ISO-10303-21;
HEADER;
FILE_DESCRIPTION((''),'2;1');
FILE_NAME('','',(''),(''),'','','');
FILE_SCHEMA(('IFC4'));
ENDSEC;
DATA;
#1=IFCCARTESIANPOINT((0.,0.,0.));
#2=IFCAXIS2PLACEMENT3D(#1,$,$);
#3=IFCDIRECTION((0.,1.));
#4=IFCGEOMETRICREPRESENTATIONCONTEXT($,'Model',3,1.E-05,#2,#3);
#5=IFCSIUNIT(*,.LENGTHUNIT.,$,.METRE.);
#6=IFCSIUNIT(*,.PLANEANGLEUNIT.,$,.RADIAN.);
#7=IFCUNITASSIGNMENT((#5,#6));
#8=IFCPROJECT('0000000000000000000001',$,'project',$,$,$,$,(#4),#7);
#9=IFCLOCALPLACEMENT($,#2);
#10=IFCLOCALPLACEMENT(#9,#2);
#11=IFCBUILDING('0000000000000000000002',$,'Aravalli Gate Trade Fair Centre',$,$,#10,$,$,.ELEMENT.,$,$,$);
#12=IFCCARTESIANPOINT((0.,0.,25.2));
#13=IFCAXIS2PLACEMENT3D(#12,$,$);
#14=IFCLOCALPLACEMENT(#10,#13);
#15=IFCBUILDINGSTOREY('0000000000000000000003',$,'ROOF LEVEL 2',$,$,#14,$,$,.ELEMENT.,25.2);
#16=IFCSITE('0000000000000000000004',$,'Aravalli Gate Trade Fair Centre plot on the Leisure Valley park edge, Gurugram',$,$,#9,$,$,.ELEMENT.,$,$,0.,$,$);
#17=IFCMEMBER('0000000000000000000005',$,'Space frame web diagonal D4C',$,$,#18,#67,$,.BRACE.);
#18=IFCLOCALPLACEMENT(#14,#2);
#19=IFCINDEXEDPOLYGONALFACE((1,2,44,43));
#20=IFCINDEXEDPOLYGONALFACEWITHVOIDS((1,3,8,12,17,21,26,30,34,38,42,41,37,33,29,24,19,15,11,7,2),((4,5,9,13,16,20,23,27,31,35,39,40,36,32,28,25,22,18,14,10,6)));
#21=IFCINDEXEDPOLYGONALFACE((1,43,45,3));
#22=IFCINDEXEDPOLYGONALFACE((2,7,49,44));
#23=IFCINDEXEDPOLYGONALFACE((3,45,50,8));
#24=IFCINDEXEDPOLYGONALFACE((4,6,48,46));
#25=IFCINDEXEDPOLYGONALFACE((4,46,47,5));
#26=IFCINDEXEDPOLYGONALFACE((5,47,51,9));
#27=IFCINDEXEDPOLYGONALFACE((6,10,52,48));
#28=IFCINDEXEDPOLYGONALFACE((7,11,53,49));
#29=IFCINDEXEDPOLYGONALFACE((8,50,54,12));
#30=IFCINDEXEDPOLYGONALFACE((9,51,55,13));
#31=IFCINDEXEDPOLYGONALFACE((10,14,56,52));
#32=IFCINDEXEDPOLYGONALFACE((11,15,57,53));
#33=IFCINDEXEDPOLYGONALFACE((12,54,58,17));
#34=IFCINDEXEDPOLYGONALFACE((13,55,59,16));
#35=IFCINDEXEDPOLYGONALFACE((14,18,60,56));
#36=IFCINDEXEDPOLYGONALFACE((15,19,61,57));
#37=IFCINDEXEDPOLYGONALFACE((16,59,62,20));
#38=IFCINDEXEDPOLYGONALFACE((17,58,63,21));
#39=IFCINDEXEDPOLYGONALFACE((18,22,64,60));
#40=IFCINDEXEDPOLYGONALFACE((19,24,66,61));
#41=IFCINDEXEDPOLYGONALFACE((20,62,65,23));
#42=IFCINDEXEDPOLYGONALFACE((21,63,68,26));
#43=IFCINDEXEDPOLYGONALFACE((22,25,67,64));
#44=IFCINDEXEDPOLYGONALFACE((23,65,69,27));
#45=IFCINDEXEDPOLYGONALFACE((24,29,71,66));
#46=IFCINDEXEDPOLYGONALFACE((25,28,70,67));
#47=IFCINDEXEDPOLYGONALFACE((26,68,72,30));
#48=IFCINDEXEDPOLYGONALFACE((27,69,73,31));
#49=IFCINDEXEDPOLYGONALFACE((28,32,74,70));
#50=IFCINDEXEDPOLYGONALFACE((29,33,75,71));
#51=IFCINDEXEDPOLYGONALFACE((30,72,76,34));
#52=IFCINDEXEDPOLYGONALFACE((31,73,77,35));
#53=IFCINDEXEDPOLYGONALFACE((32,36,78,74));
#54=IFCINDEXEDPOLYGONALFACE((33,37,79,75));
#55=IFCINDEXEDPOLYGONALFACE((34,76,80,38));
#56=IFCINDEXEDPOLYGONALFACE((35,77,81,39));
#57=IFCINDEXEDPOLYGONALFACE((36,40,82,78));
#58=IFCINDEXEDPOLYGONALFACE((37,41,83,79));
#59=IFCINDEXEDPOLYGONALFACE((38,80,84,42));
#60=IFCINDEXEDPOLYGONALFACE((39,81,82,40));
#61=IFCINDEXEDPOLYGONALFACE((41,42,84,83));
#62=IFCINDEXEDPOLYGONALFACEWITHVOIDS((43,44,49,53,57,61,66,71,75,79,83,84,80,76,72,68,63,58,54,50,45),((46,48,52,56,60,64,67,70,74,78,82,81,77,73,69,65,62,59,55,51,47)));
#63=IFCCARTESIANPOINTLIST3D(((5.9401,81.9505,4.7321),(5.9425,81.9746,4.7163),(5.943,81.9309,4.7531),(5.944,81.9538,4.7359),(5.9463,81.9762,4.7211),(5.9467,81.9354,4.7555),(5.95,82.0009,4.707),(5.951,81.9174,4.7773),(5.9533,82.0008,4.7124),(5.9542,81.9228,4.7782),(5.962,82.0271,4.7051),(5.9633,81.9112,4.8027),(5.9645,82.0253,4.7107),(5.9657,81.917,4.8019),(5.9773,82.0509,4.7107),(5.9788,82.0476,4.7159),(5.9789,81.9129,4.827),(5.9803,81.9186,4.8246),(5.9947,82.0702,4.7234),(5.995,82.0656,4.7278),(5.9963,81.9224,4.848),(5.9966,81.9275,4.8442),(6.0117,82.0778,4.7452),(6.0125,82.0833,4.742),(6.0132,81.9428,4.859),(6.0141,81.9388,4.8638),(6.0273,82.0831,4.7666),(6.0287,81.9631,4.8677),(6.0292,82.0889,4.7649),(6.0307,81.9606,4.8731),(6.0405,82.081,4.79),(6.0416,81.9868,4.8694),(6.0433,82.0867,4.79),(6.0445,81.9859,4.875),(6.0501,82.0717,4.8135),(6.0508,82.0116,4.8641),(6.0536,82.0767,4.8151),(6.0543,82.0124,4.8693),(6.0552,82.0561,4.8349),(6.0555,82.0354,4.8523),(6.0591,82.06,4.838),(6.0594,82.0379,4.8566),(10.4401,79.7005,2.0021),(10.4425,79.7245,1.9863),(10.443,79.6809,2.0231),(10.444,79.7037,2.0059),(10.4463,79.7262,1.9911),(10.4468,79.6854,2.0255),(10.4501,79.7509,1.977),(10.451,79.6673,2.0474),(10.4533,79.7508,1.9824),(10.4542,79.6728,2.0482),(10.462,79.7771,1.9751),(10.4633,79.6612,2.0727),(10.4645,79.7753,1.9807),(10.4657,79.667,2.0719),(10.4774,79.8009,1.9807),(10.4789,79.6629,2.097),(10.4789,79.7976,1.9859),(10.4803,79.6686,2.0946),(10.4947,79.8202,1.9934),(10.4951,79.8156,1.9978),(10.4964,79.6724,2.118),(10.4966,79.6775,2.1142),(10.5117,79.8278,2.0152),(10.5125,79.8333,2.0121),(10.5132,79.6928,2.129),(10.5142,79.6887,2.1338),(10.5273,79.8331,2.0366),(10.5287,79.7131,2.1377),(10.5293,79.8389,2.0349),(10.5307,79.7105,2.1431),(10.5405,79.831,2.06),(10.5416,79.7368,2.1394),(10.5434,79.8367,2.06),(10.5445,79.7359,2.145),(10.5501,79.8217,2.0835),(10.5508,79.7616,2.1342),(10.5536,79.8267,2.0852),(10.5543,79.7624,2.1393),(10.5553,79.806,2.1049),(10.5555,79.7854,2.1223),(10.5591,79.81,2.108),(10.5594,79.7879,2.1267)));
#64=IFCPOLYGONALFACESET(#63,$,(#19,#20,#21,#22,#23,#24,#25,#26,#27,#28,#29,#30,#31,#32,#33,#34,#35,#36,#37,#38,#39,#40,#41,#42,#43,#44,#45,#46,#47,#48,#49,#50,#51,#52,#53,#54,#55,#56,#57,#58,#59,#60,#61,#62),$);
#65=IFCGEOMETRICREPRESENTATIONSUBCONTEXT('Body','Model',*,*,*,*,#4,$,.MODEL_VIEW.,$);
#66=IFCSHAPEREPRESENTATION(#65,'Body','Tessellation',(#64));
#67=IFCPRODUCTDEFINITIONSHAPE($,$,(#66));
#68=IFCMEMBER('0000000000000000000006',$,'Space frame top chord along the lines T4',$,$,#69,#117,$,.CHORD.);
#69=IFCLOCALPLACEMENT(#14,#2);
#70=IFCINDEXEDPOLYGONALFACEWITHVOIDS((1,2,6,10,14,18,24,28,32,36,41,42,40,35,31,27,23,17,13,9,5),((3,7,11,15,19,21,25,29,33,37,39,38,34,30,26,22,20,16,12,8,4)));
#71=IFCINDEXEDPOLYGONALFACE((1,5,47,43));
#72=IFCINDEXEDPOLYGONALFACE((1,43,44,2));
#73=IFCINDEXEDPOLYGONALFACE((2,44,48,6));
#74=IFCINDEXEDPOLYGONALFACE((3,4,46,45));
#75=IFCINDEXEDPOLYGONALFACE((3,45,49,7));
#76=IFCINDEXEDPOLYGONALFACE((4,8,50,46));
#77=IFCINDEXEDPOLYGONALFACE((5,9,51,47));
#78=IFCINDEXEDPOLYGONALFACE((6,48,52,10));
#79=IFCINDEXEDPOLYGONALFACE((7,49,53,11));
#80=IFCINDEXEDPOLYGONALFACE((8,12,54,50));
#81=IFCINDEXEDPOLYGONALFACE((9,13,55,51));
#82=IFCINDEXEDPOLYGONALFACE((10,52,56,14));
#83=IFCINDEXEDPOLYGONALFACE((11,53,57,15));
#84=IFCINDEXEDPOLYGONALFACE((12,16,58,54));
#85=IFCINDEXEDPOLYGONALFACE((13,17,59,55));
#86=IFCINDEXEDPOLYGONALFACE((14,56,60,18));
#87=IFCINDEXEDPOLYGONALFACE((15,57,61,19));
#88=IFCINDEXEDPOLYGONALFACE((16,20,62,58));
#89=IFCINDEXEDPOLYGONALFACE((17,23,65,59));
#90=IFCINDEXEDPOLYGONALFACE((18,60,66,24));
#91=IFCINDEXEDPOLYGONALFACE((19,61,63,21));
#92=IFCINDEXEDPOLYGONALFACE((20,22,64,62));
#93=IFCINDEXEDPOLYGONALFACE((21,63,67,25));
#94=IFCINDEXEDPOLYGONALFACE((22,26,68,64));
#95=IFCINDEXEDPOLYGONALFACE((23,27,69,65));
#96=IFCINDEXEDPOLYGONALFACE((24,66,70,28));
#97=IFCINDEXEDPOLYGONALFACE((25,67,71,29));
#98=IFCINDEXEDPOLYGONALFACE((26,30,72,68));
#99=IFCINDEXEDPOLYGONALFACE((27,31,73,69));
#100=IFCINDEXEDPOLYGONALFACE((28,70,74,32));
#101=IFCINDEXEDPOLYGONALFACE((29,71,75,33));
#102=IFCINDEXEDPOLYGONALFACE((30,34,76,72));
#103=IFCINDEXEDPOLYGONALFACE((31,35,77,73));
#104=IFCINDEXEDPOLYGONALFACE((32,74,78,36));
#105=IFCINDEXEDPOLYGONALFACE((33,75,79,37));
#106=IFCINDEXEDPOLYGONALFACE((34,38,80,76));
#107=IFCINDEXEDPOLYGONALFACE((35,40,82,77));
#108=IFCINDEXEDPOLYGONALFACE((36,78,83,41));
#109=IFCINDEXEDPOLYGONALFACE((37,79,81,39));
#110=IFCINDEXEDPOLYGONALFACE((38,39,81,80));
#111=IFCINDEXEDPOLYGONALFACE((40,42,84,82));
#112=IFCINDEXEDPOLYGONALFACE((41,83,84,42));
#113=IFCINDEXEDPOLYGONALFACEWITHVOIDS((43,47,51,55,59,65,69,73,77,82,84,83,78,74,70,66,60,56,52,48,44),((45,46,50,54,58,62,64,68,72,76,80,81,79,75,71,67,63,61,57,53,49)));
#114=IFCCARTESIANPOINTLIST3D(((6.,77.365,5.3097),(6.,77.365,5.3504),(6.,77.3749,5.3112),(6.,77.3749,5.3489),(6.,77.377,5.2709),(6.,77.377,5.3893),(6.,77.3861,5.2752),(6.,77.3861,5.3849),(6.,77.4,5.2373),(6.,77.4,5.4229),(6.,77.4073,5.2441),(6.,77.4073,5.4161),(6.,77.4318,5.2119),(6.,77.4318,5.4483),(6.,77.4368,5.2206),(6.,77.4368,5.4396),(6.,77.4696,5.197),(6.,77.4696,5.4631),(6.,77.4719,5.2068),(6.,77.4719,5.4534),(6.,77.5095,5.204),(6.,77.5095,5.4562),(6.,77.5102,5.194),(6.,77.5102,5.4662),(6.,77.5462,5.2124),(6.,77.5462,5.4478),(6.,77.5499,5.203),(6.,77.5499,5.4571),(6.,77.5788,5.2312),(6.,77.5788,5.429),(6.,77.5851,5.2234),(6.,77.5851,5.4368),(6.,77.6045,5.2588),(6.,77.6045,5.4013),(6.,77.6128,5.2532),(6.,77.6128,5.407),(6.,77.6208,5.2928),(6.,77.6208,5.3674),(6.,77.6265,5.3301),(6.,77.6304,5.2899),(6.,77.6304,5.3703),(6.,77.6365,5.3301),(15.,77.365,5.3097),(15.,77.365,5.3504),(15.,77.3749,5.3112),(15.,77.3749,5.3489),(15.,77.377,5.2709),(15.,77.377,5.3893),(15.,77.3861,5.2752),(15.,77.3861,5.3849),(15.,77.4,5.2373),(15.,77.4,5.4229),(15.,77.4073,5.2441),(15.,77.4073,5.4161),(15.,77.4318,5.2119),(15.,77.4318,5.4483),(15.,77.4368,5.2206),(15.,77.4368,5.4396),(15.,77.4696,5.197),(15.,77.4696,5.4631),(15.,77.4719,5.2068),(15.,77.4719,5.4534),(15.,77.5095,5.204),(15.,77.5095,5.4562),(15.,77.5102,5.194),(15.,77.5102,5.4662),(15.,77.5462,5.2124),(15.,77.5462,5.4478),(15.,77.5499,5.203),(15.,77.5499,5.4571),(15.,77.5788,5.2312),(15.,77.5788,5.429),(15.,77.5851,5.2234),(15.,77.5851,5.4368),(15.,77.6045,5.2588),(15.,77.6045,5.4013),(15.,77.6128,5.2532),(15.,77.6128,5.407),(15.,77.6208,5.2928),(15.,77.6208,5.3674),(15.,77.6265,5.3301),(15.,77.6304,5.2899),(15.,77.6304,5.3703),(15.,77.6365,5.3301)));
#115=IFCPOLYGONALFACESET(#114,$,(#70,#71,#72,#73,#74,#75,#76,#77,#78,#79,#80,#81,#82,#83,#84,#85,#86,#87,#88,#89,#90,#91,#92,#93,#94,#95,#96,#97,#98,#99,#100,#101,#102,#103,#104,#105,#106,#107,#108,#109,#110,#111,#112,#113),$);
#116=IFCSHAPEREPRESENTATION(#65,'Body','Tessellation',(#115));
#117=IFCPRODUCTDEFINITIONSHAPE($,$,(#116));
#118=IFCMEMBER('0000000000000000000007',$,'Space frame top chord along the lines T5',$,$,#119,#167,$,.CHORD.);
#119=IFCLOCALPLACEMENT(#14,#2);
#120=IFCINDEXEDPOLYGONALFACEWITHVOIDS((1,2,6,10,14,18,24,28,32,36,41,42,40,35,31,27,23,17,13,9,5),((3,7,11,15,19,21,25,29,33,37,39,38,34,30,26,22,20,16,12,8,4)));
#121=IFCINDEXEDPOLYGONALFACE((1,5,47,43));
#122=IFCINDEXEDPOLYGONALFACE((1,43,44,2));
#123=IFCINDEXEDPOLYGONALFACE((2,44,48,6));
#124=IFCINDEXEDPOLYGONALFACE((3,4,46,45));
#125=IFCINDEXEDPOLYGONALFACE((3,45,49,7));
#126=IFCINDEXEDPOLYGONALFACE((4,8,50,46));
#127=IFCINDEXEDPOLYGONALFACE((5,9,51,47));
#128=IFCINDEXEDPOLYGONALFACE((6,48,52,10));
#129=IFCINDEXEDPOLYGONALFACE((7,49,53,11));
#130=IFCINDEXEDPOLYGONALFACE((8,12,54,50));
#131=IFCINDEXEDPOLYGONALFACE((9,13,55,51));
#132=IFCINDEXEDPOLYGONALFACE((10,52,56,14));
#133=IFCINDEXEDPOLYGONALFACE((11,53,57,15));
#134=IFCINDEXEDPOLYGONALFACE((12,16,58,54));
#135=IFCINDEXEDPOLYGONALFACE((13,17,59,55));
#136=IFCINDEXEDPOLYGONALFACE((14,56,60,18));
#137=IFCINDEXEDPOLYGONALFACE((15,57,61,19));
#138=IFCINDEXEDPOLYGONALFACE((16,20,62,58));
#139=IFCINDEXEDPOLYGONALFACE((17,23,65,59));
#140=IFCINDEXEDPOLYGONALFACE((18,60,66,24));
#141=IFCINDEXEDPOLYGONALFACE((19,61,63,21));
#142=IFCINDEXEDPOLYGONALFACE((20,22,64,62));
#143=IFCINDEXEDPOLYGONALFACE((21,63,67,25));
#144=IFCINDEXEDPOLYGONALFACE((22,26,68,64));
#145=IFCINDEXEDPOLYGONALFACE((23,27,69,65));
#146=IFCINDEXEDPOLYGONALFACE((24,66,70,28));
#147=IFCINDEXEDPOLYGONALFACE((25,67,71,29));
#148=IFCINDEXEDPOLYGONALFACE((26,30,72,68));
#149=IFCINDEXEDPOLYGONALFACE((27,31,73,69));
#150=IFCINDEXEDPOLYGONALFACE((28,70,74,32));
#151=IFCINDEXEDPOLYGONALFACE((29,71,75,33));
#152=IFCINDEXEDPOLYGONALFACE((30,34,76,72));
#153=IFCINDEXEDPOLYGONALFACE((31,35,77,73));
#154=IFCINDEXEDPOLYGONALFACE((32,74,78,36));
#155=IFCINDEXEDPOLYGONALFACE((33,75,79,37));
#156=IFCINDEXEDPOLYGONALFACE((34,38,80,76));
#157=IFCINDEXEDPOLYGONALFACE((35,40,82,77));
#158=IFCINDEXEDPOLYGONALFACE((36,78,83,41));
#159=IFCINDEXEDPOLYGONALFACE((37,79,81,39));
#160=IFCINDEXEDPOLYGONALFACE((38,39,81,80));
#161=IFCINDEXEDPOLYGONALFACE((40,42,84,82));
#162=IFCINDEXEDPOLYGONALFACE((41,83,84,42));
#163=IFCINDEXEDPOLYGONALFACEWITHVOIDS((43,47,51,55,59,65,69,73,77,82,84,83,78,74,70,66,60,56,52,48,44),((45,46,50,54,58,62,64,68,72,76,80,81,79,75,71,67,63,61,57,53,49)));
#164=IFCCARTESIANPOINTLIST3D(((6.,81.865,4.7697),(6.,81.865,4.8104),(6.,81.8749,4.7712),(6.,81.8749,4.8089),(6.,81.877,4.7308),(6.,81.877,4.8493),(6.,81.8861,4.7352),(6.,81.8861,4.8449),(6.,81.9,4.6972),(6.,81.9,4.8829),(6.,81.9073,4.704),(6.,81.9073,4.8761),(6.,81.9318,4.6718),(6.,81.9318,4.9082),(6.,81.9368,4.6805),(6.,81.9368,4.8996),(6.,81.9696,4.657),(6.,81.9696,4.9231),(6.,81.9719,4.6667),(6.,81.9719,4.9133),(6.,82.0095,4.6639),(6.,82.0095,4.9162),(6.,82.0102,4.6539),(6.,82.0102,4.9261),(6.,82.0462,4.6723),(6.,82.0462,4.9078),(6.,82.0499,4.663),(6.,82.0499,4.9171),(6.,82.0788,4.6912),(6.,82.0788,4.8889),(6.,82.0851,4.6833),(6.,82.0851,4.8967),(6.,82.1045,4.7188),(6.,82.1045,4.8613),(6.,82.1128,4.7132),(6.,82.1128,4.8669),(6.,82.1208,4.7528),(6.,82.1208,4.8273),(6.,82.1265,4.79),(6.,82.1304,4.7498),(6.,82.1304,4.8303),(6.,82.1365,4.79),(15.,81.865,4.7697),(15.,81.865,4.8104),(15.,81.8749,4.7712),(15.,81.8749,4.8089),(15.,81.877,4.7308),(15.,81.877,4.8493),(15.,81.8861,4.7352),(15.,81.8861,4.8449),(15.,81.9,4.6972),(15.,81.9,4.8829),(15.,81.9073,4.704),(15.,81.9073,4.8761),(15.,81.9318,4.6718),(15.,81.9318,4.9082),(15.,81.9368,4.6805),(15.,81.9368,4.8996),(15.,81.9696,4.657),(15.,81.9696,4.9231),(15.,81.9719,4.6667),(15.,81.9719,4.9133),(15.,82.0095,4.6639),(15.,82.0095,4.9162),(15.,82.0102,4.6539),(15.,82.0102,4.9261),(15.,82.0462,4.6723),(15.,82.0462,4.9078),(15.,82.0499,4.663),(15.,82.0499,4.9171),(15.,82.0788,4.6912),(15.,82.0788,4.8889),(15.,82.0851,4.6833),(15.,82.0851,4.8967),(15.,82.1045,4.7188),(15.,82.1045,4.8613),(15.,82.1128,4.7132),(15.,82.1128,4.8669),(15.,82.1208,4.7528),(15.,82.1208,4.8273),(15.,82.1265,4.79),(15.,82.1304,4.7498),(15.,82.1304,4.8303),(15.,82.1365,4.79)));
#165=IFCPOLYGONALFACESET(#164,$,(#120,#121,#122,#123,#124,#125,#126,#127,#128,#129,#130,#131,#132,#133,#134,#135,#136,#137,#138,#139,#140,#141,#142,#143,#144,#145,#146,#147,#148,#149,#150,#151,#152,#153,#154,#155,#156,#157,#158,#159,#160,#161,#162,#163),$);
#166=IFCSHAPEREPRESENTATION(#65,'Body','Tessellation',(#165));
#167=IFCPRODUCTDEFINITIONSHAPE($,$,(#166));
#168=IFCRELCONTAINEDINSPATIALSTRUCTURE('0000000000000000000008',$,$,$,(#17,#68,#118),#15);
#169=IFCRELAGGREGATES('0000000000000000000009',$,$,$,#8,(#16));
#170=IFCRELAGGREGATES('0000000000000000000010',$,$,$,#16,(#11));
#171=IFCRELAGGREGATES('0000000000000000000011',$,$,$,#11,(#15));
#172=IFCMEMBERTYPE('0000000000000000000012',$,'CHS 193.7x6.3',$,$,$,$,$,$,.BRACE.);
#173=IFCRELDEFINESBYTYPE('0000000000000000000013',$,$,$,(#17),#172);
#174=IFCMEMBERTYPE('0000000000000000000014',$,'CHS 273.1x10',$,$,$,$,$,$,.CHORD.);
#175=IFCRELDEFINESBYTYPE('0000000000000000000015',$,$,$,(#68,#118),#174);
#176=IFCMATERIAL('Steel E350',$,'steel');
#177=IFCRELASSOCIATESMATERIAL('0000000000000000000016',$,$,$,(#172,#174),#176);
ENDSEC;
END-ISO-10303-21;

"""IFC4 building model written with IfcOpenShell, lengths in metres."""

from ifc_helpers import new_model, si_unit, direction, frame, origin, origin_2d, place, context, subcontext, project, spatial, hollow_circle, extrude, material, material_profile, profile_set, type_object, element, save


model = new_model("IFC4")

# Units and contexts
model_context = context("Model", 3, precision=1e-05, world=origin(), true_north=direction((0.0, 1.0)))
body_context = subcontext(model_context, "Body", "Model", "MODEL_VIEW")
ifc_project = project(units=[si_unit("LENGTHUNIT", "METRE"), si_unit("PLANEANGLEUNIT", "RADIAN")], contexts=[model_context])

# Site, building, storey
site_placement = place(None, origin())
site = spatial("IfcSite", under=ifc_project, at=site_placement, Name="Aravalli Gate Trade Fair Centre plot on the Leisure Valley park edge, Gurugram", CompositionType="ELEMENT", RefElevation=0.0)
building_placement = place(site_placement, origin())
building = spatial("IfcBuilding", under=site, at=building_placement, Name="Aravalli Gate Trade Fair Centre", CompositionType="ELEMENT")
storey_placement = place(building_placement, frame((0.0, 0.0, 25.2)))
storey = spatial("IfcBuildingStorey", under=building, at=storey_placement, Name="ROOF LEVEL 2", CompositionType="ELEMENT", Elevation=25.2)

# Members
ifc_material_1 = material(Name="Steel E350", Category="steel")
ifc_material_profile_1 = material_profile(ifc_material_1, hollow_circle(Radius=0.0969, WallThickness=0.0063, at=origin_2d()), Name="CHS 193.7x6.3")
ifc_profile_set_1 = profile_set([ifc_material_profile_1], Name="Steel E350")
member_type_1 = type_object("IfcMemberType", Name="CHS 193.7x6.3", PredefinedType="BRACE", material=ifc_profile_set_1)
member_1_placement = place(storey_placement, frame((6.0, 82.0, 4.79), z_axis=(0.78615, -0.393075, -0.476928), x_axis=(0.447214, 0.894427, 0.0)))
element("IfcMember", 1, at=member_1_placement, inside=storey, type_object=member_type_1, Name="Space frame web diagonal D4C", PredefinedType="BRACE", context=body_context, shape_type="SweptSolid", body=[
    extrude(hollow_circle(Radius=0.0969, WallThickness=0.0063, at=origin_2d()), origin(), (0.0, 0.0, 1.0), 5.7241),
])
ifc_material_profile_2 = material_profile(ifc_material_1, hollow_circle(Radius=0.1365, WallThickness=0.01, at=origin_2d()), Name="CHS 273.1x10")
ifc_profile_set_2 = profile_set([ifc_material_profile_2], Name="Steel E350")
member_type_2 = type_object("IfcMemberType", Name="CHS 273.1x10", PredefinedType="CHORD", material=ifc_profile_set_2)
for number, where, z_axis, x_axis, name in (
    (2, (6.0, 77.5, 5.3301), (1.0, 0.0, 0.0), (0.0, 1.0, 0.0), "Space frame top chord along the lines T4"),
    (3, (6.0, 82.0, 4.79), (1.0, 0.0, 0.0), (0.0, 1.0, 0.0), "Space frame top chord along the lines T5"),
):
    element("IfcMember", number, at=place(storey_placement, frame(where, z_axis=z_axis, x_axis=x_axis)), inside=storey, type_object=member_type_2, Name=name, PredefinedType="CHORD", context=body_context, shape_type="SweptSolid", body=[
        extrude(hollow_circle(Radius=0.1365, WallThickness=0.01, at=origin_2d()), origin(), (0.0, 0.0, 1.0), 9.0),
    ])

save(model, "model.ifc")
